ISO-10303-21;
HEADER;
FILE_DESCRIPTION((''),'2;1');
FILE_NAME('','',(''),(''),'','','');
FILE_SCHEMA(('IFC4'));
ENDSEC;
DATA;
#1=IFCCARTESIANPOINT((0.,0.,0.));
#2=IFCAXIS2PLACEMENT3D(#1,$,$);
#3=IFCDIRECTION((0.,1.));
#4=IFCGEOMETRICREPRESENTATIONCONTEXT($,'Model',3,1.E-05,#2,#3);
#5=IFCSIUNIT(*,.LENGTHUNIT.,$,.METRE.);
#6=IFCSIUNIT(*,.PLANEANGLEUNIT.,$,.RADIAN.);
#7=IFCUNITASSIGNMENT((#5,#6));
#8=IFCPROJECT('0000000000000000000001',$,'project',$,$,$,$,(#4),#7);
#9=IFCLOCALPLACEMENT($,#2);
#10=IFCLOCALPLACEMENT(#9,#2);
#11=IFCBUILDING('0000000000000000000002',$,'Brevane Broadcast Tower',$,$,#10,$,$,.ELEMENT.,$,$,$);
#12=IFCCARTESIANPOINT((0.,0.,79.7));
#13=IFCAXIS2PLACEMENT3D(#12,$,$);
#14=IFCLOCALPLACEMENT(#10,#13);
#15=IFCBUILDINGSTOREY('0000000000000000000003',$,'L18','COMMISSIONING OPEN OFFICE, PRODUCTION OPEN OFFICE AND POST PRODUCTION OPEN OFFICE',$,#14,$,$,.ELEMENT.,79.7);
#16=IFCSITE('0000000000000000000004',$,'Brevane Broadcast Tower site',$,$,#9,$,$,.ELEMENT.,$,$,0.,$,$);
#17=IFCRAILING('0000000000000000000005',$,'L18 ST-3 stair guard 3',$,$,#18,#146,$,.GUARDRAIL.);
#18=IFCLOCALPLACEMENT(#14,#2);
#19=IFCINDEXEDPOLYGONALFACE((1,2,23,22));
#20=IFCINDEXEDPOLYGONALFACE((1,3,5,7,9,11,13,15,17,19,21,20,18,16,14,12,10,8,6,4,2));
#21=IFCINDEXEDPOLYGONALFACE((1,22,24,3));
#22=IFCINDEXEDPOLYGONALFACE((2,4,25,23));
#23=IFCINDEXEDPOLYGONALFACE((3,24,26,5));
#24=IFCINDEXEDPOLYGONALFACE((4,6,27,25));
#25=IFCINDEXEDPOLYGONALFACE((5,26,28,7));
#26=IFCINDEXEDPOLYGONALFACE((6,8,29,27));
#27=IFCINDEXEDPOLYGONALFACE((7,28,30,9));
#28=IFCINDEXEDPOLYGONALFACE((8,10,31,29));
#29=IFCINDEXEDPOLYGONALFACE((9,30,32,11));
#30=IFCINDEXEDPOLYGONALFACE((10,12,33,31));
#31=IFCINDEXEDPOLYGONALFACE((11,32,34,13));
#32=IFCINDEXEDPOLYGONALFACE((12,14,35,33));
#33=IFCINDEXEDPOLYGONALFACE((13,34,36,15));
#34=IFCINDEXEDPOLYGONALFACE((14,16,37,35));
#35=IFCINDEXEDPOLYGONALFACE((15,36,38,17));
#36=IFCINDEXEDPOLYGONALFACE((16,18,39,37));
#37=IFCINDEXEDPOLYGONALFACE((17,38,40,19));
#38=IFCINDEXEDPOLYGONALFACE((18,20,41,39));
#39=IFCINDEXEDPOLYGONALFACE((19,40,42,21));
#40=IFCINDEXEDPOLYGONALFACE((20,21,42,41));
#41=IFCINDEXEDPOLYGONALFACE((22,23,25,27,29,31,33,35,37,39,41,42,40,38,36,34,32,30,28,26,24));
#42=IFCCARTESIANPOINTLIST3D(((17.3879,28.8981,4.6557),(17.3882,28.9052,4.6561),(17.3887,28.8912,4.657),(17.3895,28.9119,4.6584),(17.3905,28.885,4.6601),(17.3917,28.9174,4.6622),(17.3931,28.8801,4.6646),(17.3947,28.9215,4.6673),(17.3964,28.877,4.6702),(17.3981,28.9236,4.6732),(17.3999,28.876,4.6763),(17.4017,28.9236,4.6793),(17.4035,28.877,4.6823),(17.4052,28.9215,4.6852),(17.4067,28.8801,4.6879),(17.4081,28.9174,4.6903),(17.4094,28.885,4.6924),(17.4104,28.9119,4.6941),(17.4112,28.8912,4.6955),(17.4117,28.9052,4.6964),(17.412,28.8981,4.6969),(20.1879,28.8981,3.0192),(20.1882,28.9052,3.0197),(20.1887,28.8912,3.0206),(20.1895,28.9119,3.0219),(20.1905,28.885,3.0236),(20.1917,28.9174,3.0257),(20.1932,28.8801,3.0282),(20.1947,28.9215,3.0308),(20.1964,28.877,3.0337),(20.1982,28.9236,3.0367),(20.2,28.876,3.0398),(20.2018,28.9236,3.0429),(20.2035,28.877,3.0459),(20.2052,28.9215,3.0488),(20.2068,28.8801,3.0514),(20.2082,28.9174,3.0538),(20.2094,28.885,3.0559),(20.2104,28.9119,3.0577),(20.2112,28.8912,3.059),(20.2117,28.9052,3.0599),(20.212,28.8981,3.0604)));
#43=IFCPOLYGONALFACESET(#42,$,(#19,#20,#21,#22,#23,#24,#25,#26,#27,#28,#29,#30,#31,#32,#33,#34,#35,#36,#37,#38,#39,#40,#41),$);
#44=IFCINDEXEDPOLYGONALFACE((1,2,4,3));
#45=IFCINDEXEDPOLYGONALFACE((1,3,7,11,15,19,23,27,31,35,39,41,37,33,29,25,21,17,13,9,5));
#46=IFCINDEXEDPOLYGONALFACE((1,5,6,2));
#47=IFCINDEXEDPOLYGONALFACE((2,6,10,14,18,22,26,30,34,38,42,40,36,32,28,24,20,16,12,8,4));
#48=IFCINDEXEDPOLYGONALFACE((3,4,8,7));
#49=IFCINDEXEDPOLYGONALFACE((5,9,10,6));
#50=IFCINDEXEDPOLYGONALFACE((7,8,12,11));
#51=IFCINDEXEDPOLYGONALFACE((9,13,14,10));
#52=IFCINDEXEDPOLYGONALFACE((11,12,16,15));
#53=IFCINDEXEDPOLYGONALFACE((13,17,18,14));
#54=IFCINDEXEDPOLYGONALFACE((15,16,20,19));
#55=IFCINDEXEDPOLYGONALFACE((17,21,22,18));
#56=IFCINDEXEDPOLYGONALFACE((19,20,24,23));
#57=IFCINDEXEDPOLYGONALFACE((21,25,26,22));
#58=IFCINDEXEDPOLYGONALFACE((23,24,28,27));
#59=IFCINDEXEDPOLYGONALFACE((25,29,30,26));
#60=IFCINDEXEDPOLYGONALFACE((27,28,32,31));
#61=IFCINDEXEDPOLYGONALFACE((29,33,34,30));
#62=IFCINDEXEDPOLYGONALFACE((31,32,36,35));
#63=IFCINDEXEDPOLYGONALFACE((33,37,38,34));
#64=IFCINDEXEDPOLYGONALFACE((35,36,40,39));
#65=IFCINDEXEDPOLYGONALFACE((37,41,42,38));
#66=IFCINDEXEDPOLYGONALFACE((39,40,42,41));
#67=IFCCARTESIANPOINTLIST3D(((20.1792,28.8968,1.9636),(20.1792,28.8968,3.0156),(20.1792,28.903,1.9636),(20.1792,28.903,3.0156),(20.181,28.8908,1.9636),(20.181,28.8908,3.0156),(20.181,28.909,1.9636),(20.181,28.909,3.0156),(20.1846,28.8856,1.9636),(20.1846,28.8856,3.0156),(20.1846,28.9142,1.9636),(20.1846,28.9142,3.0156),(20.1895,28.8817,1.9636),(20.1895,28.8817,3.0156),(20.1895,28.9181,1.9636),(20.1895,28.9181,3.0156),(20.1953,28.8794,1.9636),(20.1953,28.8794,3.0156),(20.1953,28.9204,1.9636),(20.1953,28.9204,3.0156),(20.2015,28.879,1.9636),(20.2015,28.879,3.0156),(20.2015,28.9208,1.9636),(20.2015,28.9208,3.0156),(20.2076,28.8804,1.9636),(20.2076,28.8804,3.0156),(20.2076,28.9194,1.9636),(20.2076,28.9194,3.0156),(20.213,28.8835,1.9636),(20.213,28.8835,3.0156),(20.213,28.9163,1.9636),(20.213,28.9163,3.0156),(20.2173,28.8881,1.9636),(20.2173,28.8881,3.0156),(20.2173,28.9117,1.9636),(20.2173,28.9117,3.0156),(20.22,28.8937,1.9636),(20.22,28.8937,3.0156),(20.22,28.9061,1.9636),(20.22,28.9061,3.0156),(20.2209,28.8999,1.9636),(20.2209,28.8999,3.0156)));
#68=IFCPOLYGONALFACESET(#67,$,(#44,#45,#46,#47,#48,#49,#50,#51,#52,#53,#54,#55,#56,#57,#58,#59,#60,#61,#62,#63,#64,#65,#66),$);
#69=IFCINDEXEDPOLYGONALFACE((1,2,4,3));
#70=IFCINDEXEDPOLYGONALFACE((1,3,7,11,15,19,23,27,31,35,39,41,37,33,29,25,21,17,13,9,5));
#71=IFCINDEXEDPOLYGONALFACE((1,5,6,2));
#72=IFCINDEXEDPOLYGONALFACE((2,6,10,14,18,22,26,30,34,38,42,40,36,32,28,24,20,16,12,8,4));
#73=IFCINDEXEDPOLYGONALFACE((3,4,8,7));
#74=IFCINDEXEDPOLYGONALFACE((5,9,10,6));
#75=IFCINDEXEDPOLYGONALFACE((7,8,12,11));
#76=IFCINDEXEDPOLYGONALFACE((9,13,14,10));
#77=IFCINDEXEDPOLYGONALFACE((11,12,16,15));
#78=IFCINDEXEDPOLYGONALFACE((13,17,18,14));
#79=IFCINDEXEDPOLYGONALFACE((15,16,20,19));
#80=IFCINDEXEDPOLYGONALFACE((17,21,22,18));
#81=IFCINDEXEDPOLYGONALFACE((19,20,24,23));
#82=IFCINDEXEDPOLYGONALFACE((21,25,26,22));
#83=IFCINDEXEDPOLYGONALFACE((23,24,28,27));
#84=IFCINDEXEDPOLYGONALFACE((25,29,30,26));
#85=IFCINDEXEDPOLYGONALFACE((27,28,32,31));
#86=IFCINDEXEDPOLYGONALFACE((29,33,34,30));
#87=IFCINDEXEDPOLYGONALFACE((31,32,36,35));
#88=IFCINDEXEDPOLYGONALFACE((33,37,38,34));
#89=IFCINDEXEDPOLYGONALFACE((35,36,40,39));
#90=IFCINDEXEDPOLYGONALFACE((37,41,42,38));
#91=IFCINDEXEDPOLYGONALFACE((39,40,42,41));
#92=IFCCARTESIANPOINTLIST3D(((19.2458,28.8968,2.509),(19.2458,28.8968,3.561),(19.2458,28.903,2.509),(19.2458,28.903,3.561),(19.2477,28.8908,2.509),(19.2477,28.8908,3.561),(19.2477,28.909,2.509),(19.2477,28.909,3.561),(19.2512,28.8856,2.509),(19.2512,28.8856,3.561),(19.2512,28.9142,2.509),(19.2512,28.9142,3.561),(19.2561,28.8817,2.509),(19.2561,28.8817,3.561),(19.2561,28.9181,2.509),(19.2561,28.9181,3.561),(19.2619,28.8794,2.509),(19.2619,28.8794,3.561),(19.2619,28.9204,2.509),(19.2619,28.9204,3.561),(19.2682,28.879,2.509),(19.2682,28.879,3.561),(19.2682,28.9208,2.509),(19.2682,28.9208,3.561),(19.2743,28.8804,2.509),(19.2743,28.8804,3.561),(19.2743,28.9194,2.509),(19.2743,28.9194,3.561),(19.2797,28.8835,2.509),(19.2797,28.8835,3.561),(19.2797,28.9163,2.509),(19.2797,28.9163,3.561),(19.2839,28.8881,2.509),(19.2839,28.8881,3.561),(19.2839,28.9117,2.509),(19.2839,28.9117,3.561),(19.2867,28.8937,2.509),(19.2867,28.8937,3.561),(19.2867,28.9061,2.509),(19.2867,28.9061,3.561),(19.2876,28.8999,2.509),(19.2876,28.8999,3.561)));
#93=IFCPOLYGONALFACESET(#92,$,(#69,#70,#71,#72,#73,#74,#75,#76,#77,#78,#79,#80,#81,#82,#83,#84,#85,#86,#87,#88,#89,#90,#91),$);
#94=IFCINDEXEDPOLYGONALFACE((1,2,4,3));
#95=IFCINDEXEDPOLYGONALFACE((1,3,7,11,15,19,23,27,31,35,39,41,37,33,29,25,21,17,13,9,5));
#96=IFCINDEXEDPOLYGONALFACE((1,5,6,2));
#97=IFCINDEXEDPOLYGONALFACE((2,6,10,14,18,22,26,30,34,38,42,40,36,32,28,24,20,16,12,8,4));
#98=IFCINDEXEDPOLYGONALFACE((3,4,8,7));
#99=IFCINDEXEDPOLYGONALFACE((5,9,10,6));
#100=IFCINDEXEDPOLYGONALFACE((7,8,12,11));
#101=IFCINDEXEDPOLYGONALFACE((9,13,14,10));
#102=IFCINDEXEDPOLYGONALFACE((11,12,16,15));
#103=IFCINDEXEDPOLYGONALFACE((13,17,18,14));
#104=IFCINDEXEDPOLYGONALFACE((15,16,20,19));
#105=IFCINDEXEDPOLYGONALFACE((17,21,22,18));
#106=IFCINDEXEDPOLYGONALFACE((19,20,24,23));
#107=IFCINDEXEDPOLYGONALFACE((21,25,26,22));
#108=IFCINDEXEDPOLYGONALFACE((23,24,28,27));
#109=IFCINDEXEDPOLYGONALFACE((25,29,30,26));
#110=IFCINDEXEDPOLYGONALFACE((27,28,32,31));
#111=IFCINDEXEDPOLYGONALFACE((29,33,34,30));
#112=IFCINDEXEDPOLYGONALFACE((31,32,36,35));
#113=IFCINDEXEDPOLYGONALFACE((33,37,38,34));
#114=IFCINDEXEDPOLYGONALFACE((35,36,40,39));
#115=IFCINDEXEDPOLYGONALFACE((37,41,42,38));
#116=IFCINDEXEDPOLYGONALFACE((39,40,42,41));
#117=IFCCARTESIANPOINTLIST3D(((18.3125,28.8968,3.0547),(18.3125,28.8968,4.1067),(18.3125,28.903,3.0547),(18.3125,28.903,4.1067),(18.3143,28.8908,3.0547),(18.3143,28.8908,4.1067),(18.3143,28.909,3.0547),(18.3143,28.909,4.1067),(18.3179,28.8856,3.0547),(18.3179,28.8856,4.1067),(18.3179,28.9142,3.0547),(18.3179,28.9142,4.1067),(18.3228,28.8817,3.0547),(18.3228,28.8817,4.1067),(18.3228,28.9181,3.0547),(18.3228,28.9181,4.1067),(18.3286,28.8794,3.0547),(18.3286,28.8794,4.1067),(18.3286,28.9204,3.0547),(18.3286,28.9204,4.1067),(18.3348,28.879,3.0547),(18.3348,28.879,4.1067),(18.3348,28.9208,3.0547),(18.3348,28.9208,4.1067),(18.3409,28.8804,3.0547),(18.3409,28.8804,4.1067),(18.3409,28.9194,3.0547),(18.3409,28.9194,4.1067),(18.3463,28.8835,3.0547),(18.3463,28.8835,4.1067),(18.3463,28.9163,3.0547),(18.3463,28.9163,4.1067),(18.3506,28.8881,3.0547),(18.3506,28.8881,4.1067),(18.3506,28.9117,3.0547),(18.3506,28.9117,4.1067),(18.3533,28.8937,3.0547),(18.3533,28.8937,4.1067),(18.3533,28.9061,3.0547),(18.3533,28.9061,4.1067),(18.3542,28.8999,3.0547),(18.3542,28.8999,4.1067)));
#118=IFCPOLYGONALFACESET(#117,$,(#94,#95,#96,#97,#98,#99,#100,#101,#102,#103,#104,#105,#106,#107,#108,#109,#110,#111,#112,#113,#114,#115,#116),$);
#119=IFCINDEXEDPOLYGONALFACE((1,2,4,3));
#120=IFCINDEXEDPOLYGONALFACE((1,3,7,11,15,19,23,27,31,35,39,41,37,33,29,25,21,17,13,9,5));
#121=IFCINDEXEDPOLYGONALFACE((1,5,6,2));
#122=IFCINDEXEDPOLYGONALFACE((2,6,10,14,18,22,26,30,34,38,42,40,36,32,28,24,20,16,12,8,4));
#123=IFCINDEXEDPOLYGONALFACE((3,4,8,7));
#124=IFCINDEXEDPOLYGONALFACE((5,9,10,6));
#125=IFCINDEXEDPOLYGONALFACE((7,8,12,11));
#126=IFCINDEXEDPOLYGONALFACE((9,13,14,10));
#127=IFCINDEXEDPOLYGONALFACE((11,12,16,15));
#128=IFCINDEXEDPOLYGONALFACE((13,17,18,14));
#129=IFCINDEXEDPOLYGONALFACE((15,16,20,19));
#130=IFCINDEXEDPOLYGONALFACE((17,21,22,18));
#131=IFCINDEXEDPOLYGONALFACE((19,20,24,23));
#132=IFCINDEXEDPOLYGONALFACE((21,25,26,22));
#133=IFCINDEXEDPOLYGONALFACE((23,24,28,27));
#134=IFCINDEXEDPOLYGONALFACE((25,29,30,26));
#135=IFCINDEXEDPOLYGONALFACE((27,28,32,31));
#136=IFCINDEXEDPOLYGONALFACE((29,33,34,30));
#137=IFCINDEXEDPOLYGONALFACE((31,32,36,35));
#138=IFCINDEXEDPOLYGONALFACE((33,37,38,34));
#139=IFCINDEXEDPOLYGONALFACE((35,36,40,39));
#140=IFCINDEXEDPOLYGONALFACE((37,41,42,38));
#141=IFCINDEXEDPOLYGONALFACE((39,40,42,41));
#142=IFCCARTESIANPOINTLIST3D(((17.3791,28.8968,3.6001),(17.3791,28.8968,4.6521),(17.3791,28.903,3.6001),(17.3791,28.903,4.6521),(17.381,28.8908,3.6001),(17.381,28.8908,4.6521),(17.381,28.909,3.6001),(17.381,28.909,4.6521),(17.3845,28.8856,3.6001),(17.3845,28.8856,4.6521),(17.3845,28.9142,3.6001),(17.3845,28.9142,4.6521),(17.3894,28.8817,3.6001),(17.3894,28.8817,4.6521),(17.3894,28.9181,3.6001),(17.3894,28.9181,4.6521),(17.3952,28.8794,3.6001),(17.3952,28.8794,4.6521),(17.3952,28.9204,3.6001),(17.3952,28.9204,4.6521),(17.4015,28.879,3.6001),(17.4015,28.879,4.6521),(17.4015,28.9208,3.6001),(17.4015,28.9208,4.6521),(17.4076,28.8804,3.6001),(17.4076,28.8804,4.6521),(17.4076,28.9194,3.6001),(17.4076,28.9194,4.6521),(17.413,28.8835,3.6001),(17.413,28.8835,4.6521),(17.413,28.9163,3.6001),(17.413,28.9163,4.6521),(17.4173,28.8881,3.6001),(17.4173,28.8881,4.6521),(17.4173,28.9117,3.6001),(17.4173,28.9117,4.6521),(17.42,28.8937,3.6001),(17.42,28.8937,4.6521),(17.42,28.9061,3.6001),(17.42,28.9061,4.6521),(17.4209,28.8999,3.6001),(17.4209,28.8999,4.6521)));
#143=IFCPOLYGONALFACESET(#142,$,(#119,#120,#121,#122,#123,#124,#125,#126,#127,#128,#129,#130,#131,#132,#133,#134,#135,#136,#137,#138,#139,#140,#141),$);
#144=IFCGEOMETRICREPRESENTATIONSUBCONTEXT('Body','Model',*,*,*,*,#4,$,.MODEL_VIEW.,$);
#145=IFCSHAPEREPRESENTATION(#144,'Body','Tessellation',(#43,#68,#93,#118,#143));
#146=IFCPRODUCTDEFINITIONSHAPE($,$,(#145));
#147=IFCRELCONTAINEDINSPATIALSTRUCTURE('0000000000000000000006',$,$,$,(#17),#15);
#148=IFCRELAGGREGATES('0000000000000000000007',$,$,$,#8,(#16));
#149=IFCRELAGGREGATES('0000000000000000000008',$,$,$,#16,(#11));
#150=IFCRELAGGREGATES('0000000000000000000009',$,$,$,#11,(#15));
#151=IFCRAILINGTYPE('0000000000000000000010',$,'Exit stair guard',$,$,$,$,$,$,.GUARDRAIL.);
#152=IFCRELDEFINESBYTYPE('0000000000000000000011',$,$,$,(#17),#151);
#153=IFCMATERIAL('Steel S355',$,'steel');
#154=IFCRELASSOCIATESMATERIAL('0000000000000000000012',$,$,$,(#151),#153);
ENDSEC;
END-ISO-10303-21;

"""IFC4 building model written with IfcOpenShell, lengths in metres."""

from ifc_helpers import new_model, si_unit, direction, frame, origin, origin_2d, place, context, subcontext, project, spatial, circle, extrude, material, type_object, element, save


model = new_model("IFC4")

# Units and contexts
model_context = context("Model", 3, precision=1e-05, world=origin(), true_north=direction((0.0, 1.0)))
body_context = subcontext(model_context, "Body", "Model", "MODEL_VIEW")
ifc_project = project(units=[si_unit("LENGTHUNIT", "METRE"), si_unit("PLANEANGLEUNIT", "RADIAN")], contexts=[model_context])

# Site, building, storey
site_placement = place(None, origin())
site = spatial("IfcSite", under=ifc_project, at=site_placement, Name="Brevane Broadcast Tower site", CompositionType="ELEMENT", RefElevation=0.0)
building_placement = place(site_placement, origin())
building = spatial("IfcBuilding", under=site, at=building_placement, Name="Brevane Broadcast Tower", CompositionType="ELEMENT")
storey_placement = place(building_placement, frame((0.0, 0.0, 79.7)))
storey = spatial("IfcBuildingStorey", under=building, at=storey_placement, Name="L18", Description="COMMISSIONING OPEN OFFICE, PRODUCTION OPEN OFFICE AND POST PRODUCTION OPEN OFFICE", CompositionType="ELEMENT", Elevation=79.7)

# Railing
ifc_material_1 = material(Name="Steel S355", Category="steel")
railing_type_1 = type_object("IfcRailingType", Name="Exit stair guard", PredefinedType="GUARDRAIL", material=ifc_material_1)
railing_1_placement = place(storey_placement, frame((20.2, 28.8999, 1.9636)))
element("IfcRailing", 1, at=railing_1_placement, inside=storey, type_object=railing_type_1, Name="L18 ST-3 stair guard 3", PredefinedType="GUARDRAIL", context=body_context, shape_type="SweptSolid", body=[
    extrude(circle(Radius=0.0239, at=origin_2d()), frame((0.0, 0.0, 1.0762), z_axis=(-0.863361, 0.0, 0.504587), x_axis=(0.0, -1.0, 0.0)), (0.0, 0.0, 1.0), 3.2432),
    extrude(circle(Radius=0.021, at=origin_2d()), origin(), (0.0, 0.0, 1.0), 1.052),
    extrude(circle(Radius=0.021, at=origin_2d()), frame((-0.9333, 0.0, 0.5454)), (0.0, 0.0, 1.0), 1.052),
    extrude(circle(Radius=0.021, at=origin_2d()), frame((-1.8667, 0.0, 1.0911)), (0.0, 0.0, 1.0), 1.052),
    extrude(circle(Radius=0.021, at=origin_2d()), frame((-2.8, 0.0, 1.6365)), (0.0, 0.0, 1.0), 1.052),
])

save(model, "model.ifc")
